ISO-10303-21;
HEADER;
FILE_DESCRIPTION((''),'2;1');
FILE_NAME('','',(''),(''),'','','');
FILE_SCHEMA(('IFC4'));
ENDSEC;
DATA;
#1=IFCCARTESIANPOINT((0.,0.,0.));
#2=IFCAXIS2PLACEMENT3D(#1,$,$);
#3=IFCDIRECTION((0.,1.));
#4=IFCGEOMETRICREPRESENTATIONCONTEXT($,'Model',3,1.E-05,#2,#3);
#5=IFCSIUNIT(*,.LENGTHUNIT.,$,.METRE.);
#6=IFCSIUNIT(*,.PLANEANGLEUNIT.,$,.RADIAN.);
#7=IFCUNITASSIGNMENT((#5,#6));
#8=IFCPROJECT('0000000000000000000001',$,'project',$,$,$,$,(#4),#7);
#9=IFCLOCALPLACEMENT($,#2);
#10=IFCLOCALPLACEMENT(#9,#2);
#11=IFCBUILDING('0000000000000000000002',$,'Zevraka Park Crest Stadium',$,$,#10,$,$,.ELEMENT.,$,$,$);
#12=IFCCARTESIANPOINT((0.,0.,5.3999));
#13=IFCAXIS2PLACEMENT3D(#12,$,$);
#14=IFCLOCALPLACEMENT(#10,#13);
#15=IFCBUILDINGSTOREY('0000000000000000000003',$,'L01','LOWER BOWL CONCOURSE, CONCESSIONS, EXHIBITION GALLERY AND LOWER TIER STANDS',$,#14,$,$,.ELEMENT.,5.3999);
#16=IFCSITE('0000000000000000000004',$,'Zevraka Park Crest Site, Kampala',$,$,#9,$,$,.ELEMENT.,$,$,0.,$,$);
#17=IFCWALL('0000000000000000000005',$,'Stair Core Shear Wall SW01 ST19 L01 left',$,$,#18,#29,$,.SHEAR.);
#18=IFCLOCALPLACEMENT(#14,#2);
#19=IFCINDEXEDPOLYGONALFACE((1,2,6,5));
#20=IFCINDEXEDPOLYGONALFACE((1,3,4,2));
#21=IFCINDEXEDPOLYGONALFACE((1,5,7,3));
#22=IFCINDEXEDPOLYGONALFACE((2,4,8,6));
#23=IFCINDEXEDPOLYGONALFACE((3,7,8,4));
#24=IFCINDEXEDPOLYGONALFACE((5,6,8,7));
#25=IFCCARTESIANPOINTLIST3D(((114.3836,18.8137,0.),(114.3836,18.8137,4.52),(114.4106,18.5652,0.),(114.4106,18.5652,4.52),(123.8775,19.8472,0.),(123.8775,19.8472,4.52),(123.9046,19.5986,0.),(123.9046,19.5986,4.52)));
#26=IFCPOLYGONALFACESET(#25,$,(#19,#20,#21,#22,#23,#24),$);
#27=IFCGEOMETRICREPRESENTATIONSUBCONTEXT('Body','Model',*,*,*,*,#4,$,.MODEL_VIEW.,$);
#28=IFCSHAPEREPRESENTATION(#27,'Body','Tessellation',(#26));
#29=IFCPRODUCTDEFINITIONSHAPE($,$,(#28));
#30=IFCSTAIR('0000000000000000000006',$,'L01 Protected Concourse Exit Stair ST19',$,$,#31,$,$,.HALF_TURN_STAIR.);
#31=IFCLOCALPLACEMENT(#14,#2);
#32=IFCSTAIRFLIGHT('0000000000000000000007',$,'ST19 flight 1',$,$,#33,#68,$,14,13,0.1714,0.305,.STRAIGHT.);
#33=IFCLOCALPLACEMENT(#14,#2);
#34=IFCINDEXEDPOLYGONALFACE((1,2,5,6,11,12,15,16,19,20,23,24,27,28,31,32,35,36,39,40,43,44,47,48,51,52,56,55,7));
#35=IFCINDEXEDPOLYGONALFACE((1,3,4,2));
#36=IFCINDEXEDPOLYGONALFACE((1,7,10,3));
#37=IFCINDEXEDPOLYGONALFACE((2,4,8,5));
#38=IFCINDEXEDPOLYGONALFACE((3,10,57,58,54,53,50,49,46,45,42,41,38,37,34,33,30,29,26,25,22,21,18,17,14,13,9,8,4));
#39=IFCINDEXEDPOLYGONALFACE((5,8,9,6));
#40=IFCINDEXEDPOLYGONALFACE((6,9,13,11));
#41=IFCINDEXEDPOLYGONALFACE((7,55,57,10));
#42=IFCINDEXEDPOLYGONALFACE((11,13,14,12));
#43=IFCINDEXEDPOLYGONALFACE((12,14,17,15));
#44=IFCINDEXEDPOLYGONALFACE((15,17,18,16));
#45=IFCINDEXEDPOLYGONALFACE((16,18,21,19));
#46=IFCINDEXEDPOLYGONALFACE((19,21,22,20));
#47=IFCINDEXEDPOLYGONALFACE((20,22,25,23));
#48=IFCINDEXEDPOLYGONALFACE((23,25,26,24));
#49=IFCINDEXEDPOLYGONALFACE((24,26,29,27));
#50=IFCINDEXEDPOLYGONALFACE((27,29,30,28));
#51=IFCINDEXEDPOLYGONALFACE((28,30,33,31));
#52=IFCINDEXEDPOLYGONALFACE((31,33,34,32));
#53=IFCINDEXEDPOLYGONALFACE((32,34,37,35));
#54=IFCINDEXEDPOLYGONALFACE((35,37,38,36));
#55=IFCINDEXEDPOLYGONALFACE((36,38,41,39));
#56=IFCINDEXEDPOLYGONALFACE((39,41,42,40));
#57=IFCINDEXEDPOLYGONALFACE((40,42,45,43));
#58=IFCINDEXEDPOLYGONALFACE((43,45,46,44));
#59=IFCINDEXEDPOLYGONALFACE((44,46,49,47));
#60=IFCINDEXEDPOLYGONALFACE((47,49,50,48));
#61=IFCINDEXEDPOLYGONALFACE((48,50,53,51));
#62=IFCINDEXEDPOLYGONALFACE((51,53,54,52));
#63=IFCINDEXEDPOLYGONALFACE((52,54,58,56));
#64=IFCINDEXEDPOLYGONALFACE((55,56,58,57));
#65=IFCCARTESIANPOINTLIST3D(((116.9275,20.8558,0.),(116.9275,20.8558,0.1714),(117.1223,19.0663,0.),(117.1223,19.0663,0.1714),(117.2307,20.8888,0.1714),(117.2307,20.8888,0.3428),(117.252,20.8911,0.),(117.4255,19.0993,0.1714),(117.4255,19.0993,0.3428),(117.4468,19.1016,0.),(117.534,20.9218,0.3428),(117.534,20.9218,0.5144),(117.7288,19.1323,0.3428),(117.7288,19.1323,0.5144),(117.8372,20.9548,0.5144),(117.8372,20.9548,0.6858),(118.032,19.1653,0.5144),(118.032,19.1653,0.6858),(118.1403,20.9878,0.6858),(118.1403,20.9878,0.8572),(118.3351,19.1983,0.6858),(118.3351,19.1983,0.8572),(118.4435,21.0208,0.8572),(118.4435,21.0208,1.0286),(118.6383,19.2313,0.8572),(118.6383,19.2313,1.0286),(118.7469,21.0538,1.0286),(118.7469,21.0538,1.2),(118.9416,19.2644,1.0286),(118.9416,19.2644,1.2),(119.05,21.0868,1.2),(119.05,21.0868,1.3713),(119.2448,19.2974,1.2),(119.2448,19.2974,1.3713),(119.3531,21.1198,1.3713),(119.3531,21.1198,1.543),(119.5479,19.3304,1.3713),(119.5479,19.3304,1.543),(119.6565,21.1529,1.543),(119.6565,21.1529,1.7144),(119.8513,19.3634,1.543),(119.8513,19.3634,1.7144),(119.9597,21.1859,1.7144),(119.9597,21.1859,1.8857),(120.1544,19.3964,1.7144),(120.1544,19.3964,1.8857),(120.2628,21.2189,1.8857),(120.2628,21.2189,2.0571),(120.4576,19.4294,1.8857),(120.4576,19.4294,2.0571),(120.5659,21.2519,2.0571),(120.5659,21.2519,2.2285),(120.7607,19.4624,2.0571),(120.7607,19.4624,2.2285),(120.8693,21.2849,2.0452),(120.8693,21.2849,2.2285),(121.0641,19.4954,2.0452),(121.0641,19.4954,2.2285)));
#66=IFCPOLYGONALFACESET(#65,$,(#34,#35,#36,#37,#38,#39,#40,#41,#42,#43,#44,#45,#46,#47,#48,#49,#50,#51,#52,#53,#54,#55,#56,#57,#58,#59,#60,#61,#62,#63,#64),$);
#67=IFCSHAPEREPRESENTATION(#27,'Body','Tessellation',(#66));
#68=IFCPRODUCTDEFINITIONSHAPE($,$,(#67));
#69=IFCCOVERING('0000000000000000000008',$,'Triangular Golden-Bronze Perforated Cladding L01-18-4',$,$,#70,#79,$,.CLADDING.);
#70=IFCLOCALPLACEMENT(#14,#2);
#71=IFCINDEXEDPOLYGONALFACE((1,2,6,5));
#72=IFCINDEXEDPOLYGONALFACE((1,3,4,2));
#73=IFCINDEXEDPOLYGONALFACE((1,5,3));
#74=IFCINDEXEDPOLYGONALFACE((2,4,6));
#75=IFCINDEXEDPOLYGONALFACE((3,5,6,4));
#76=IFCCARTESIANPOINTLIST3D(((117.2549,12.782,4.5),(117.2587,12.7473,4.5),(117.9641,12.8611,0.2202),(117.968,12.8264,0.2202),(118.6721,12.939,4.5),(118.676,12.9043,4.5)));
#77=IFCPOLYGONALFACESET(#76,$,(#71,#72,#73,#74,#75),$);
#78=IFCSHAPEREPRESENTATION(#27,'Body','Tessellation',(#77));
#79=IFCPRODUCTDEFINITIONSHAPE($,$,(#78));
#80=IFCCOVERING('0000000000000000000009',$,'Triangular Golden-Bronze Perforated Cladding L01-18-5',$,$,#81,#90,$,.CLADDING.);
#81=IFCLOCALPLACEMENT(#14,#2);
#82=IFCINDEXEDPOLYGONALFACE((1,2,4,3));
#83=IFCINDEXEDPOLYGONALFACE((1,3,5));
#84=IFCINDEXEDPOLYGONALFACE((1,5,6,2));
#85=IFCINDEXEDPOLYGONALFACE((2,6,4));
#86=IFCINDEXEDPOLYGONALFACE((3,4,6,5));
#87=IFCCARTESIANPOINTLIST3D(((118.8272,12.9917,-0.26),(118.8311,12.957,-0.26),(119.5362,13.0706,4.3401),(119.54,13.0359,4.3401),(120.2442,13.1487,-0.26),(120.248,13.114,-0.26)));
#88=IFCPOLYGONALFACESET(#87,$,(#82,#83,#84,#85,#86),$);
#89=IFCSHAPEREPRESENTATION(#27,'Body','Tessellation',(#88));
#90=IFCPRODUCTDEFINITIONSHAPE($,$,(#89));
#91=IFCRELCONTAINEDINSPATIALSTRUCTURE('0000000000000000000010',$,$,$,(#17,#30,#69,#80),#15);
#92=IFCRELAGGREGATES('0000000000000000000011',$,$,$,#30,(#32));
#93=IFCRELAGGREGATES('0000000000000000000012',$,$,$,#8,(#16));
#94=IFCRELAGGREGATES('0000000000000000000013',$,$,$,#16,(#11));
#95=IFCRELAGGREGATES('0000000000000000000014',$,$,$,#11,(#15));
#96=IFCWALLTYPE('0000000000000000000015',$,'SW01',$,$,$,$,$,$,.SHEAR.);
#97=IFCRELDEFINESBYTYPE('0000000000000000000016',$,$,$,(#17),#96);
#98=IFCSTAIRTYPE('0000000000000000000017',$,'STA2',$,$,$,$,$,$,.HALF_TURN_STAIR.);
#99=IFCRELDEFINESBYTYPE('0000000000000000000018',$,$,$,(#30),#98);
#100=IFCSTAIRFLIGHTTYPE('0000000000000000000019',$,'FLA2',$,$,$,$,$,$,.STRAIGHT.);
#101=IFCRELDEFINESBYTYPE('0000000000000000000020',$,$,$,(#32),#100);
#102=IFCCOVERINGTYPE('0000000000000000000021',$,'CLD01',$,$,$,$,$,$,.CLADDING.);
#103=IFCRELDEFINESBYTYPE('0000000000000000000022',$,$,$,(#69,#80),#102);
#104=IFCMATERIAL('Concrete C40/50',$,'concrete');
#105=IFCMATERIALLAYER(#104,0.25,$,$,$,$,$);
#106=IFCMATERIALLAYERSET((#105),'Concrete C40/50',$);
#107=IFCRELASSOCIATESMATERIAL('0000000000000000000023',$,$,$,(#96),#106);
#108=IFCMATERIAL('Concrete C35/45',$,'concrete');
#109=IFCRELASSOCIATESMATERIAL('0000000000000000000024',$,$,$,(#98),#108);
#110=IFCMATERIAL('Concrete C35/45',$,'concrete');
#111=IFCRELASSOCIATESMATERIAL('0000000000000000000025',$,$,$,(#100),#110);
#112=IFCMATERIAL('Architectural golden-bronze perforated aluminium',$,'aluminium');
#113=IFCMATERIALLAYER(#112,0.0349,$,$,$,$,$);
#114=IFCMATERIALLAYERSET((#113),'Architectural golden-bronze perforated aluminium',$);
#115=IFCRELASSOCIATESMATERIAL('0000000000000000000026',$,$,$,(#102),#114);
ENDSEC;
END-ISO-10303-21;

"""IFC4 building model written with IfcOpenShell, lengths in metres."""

from ifc_helpers import new_model, si_unit, direction, frame, frame_2d, origin, place, context, subcontext, project, spatial, polyline, rectangle, outline, extrude, material, layer, layer_set, type_object, element, aggregate, save


model = new_model("IFC4")

# Units and contexts
model_context = context("Model", 3, precision=1e-05, world=origin(), true_north=direction((0.0, 1.0)))
body_context = subcontext(model_context, "Body", "Model", "MODEL_VIEW")
ifc_project = project(units=[si_unit("LENGTHUNIT", "METRE"), si_unit("PLANEANGLEUNIT", "RADIAN")], contexts=[model_context])

# Site, building, storey
site_placement = place(None, origin())
site = spatial("IfcSite", under=ifc_project, at=site_placement, Name="Zevraka Park Crest Site, Kampala", CompositionType="ELEMENT", RefElevation=0.0)
building_placement = place(site_placement, origin())
building = spatial("IfcBuilding", under=site, at=building_placement, Name="Zevraka Park Crest Stadium", CompositionType="ELEMENT")
storey_placement = place(building_placement, frame((0.0, 0.0, 5.3999)))
storey = spatial("IfcBuildingStorey", under=building, at=storey_placement, Name="L01", Description="LOWER BOWL CONCOURSE, CONCESSIONS, EXHIBITION GALLERY AND LOWER TIER STANDS", CompositionType="ELEMENT", Elevation=5.3999)

# Wall
ifc_material_1 = material(Name="Concrete C40/50", Category="concrete")
ifc_layer_1 = layer(ifc_material_1, 0.25)
ifc_layer_set_1 = layer_set([ifc_layer_1], Name="Concrete C40/50")
wall_type = type_object("IfcWallType", Name="SW01", PredefinedType="SHEAR", material=ifc_layer_set_1)
wall_placement = place(storey_placement, frame((114.3972, 18.6895, 0.0), z_axis=(0.0, 0.0, 1.0), x_axis=(0.994128, 0.108215, 0.0)))
element("IfcWall", 1, at=wall_placement, inside=storey, type_object=wall_type, Name="Stair Core Shear Wall SW01 ST19 L01 left", PredefinedType="SHEAR", context=body_context, shape_type="SweptSolid", body=[
    extrude(rectangle(XDim=9.55, YDim=0.25, at=frame_2d((4.7749, 0.0))), origin(), (0.0, 0.0, 1.0), 4.52),
])

# Stair, stair flight
ifc_material_2 = material(Name="Concrete C35/45", Category="concrete")
stair_type = type_object("IfcStairType", Name="STA2", PredefinedType="HALF_TURN_STAIR", material=ifc_material_2)
stair_placement = place(storey_placement, origin())
stair = element("IfcStair", 2, at=stair_placement, inside=storey, type_object=stair_type, Name="L01 Protected Concourse Exit Stair ST19", PredefinedType="HALF_TURN_STAIR")
ifc_material_3 = material(Name="Concrete C35/45", Category="concrete")
stair_flight_type = type_object("IfcStairFlightType", Name="FLA2", PredefinedType="STRAIGHT", material=ifc_material_3)
stair_flight_placement = place(storey_placement, frame((117.0249, 19.9612, 0.0), z_axis=(0.0, 0.0, 1.0), x_axis=(0.994128, 0.108215, 0.0)))
stair_flight = element("IfcStairFlight", 3, at=stair_flight_placement, type_object=stair_flight_type, Name="ST19 flight 1", NumberOfRisers=14, NumberOfTreads=13, PredefinedType="STRAIGHT", RiserHeight=0.1714, TreadLength=0.305, context=body_context, shape_type="SweptSolid", body=[
    extrude(outline(polyline([(0.0, 0.0), (0.0, 0.1714), (0.3049, 0.1714), (0.3049, 0.3428), (0.6101, 0.3428), (0.6101, 0.5144), (0.915, 0.5144), (0.915, 0.6858), (1.22, 0.6858), (1.22, 0.8572), (1.5249, 0.8572), (1.5249, 1.0286), (1.8301, 1.0286), (1.8301, 1.2), (2.135, 1.2), (2.135, 1.3713), (2.4399, 1.3713), (2.4399, 1.543), (2.7451, 1.543), (2.7451, 1.7144), (3.05, 1.7144), (3.05, 1.8857), (3.355, 1.8857), (3.355, 2.0571), (3.6599, 2.0571), (3.6599, 2.2285), (3.9651, 2.2285), (3.9651, 2.3999), (3.9651, 2.0452), (0.3264, 0.0), (0.0, 0.0)])), frame((0.0, 0.8999, 0.0), z_axis=(0.0, -1.0, 0.0), x_axis=(1.0, 0.0, 0.0)), (0.0, 0.0, 1.0), 1.8),
])
aggregate(stair, [stair_flight])

# Coverings
ifc_material_4 = material(Name="Architectural golden-bronze perforated aluminium", Category="aluminium")
ifc_layer_2 = layer(ifc_material_4, 0.0349)
ifc_layer_set_2 = layer_set([ifc_layer_2], Name="Architectural golden-bronze perforated aluminium")
covering_type = type_object("IfcCoveringType", Name="CLD01", PredefinedType="CLADDING", material=ifc_layer_set_2)
covering_1_placement = place(storey_placement, frame((118.6721, 12.939, 4.5), z_axis=(-0.110093, 0.993921, 0.000126), x_axis=(-0.993921, -0.110093, 0.0)))
element("IfcCovering", 4, at=covering_1_placement, inside=storey, type_object=covering_type, Name="Triangular Golden-Bronze Perforated Cladding L01-18-4", PredefinedType="CLADDING", context=body_context, shape_type="SweptSolid", body=[
    extrude(outline(polyline([(0.0, 0.0), (1.4259, 0.0), (0.7123, -4.2798), (0.0, 0.0)])), origin(), (0.0, 0.0, -1.0), 0.0349),
])
covering_2_placement = place(storey_placement, frame((118.8311, 12.957, -0.26), z_axis=(0.110112, -0.993919, 0.000067), x_axis=(0.993919, 0.110112, 0.0)))
element("IfcCovering", 5, at=covering_2_placement, inside=storey, type_object=covering_type, Name="Triangular Golden-Bronze Perforated Cladding L01-18-5", PredefinedType="CLADDING", context=body_context, shape_type="SweptSolid", body=[
    extrude(outline(polyline([(0.0, 0.0), (1.4257, 0.0), (0.7134, 4.6001), (0.0, 0.0)])), origin(), (0.0, 0.0, -1.0), 0.0349),
])

save(model, "model.ifc")
